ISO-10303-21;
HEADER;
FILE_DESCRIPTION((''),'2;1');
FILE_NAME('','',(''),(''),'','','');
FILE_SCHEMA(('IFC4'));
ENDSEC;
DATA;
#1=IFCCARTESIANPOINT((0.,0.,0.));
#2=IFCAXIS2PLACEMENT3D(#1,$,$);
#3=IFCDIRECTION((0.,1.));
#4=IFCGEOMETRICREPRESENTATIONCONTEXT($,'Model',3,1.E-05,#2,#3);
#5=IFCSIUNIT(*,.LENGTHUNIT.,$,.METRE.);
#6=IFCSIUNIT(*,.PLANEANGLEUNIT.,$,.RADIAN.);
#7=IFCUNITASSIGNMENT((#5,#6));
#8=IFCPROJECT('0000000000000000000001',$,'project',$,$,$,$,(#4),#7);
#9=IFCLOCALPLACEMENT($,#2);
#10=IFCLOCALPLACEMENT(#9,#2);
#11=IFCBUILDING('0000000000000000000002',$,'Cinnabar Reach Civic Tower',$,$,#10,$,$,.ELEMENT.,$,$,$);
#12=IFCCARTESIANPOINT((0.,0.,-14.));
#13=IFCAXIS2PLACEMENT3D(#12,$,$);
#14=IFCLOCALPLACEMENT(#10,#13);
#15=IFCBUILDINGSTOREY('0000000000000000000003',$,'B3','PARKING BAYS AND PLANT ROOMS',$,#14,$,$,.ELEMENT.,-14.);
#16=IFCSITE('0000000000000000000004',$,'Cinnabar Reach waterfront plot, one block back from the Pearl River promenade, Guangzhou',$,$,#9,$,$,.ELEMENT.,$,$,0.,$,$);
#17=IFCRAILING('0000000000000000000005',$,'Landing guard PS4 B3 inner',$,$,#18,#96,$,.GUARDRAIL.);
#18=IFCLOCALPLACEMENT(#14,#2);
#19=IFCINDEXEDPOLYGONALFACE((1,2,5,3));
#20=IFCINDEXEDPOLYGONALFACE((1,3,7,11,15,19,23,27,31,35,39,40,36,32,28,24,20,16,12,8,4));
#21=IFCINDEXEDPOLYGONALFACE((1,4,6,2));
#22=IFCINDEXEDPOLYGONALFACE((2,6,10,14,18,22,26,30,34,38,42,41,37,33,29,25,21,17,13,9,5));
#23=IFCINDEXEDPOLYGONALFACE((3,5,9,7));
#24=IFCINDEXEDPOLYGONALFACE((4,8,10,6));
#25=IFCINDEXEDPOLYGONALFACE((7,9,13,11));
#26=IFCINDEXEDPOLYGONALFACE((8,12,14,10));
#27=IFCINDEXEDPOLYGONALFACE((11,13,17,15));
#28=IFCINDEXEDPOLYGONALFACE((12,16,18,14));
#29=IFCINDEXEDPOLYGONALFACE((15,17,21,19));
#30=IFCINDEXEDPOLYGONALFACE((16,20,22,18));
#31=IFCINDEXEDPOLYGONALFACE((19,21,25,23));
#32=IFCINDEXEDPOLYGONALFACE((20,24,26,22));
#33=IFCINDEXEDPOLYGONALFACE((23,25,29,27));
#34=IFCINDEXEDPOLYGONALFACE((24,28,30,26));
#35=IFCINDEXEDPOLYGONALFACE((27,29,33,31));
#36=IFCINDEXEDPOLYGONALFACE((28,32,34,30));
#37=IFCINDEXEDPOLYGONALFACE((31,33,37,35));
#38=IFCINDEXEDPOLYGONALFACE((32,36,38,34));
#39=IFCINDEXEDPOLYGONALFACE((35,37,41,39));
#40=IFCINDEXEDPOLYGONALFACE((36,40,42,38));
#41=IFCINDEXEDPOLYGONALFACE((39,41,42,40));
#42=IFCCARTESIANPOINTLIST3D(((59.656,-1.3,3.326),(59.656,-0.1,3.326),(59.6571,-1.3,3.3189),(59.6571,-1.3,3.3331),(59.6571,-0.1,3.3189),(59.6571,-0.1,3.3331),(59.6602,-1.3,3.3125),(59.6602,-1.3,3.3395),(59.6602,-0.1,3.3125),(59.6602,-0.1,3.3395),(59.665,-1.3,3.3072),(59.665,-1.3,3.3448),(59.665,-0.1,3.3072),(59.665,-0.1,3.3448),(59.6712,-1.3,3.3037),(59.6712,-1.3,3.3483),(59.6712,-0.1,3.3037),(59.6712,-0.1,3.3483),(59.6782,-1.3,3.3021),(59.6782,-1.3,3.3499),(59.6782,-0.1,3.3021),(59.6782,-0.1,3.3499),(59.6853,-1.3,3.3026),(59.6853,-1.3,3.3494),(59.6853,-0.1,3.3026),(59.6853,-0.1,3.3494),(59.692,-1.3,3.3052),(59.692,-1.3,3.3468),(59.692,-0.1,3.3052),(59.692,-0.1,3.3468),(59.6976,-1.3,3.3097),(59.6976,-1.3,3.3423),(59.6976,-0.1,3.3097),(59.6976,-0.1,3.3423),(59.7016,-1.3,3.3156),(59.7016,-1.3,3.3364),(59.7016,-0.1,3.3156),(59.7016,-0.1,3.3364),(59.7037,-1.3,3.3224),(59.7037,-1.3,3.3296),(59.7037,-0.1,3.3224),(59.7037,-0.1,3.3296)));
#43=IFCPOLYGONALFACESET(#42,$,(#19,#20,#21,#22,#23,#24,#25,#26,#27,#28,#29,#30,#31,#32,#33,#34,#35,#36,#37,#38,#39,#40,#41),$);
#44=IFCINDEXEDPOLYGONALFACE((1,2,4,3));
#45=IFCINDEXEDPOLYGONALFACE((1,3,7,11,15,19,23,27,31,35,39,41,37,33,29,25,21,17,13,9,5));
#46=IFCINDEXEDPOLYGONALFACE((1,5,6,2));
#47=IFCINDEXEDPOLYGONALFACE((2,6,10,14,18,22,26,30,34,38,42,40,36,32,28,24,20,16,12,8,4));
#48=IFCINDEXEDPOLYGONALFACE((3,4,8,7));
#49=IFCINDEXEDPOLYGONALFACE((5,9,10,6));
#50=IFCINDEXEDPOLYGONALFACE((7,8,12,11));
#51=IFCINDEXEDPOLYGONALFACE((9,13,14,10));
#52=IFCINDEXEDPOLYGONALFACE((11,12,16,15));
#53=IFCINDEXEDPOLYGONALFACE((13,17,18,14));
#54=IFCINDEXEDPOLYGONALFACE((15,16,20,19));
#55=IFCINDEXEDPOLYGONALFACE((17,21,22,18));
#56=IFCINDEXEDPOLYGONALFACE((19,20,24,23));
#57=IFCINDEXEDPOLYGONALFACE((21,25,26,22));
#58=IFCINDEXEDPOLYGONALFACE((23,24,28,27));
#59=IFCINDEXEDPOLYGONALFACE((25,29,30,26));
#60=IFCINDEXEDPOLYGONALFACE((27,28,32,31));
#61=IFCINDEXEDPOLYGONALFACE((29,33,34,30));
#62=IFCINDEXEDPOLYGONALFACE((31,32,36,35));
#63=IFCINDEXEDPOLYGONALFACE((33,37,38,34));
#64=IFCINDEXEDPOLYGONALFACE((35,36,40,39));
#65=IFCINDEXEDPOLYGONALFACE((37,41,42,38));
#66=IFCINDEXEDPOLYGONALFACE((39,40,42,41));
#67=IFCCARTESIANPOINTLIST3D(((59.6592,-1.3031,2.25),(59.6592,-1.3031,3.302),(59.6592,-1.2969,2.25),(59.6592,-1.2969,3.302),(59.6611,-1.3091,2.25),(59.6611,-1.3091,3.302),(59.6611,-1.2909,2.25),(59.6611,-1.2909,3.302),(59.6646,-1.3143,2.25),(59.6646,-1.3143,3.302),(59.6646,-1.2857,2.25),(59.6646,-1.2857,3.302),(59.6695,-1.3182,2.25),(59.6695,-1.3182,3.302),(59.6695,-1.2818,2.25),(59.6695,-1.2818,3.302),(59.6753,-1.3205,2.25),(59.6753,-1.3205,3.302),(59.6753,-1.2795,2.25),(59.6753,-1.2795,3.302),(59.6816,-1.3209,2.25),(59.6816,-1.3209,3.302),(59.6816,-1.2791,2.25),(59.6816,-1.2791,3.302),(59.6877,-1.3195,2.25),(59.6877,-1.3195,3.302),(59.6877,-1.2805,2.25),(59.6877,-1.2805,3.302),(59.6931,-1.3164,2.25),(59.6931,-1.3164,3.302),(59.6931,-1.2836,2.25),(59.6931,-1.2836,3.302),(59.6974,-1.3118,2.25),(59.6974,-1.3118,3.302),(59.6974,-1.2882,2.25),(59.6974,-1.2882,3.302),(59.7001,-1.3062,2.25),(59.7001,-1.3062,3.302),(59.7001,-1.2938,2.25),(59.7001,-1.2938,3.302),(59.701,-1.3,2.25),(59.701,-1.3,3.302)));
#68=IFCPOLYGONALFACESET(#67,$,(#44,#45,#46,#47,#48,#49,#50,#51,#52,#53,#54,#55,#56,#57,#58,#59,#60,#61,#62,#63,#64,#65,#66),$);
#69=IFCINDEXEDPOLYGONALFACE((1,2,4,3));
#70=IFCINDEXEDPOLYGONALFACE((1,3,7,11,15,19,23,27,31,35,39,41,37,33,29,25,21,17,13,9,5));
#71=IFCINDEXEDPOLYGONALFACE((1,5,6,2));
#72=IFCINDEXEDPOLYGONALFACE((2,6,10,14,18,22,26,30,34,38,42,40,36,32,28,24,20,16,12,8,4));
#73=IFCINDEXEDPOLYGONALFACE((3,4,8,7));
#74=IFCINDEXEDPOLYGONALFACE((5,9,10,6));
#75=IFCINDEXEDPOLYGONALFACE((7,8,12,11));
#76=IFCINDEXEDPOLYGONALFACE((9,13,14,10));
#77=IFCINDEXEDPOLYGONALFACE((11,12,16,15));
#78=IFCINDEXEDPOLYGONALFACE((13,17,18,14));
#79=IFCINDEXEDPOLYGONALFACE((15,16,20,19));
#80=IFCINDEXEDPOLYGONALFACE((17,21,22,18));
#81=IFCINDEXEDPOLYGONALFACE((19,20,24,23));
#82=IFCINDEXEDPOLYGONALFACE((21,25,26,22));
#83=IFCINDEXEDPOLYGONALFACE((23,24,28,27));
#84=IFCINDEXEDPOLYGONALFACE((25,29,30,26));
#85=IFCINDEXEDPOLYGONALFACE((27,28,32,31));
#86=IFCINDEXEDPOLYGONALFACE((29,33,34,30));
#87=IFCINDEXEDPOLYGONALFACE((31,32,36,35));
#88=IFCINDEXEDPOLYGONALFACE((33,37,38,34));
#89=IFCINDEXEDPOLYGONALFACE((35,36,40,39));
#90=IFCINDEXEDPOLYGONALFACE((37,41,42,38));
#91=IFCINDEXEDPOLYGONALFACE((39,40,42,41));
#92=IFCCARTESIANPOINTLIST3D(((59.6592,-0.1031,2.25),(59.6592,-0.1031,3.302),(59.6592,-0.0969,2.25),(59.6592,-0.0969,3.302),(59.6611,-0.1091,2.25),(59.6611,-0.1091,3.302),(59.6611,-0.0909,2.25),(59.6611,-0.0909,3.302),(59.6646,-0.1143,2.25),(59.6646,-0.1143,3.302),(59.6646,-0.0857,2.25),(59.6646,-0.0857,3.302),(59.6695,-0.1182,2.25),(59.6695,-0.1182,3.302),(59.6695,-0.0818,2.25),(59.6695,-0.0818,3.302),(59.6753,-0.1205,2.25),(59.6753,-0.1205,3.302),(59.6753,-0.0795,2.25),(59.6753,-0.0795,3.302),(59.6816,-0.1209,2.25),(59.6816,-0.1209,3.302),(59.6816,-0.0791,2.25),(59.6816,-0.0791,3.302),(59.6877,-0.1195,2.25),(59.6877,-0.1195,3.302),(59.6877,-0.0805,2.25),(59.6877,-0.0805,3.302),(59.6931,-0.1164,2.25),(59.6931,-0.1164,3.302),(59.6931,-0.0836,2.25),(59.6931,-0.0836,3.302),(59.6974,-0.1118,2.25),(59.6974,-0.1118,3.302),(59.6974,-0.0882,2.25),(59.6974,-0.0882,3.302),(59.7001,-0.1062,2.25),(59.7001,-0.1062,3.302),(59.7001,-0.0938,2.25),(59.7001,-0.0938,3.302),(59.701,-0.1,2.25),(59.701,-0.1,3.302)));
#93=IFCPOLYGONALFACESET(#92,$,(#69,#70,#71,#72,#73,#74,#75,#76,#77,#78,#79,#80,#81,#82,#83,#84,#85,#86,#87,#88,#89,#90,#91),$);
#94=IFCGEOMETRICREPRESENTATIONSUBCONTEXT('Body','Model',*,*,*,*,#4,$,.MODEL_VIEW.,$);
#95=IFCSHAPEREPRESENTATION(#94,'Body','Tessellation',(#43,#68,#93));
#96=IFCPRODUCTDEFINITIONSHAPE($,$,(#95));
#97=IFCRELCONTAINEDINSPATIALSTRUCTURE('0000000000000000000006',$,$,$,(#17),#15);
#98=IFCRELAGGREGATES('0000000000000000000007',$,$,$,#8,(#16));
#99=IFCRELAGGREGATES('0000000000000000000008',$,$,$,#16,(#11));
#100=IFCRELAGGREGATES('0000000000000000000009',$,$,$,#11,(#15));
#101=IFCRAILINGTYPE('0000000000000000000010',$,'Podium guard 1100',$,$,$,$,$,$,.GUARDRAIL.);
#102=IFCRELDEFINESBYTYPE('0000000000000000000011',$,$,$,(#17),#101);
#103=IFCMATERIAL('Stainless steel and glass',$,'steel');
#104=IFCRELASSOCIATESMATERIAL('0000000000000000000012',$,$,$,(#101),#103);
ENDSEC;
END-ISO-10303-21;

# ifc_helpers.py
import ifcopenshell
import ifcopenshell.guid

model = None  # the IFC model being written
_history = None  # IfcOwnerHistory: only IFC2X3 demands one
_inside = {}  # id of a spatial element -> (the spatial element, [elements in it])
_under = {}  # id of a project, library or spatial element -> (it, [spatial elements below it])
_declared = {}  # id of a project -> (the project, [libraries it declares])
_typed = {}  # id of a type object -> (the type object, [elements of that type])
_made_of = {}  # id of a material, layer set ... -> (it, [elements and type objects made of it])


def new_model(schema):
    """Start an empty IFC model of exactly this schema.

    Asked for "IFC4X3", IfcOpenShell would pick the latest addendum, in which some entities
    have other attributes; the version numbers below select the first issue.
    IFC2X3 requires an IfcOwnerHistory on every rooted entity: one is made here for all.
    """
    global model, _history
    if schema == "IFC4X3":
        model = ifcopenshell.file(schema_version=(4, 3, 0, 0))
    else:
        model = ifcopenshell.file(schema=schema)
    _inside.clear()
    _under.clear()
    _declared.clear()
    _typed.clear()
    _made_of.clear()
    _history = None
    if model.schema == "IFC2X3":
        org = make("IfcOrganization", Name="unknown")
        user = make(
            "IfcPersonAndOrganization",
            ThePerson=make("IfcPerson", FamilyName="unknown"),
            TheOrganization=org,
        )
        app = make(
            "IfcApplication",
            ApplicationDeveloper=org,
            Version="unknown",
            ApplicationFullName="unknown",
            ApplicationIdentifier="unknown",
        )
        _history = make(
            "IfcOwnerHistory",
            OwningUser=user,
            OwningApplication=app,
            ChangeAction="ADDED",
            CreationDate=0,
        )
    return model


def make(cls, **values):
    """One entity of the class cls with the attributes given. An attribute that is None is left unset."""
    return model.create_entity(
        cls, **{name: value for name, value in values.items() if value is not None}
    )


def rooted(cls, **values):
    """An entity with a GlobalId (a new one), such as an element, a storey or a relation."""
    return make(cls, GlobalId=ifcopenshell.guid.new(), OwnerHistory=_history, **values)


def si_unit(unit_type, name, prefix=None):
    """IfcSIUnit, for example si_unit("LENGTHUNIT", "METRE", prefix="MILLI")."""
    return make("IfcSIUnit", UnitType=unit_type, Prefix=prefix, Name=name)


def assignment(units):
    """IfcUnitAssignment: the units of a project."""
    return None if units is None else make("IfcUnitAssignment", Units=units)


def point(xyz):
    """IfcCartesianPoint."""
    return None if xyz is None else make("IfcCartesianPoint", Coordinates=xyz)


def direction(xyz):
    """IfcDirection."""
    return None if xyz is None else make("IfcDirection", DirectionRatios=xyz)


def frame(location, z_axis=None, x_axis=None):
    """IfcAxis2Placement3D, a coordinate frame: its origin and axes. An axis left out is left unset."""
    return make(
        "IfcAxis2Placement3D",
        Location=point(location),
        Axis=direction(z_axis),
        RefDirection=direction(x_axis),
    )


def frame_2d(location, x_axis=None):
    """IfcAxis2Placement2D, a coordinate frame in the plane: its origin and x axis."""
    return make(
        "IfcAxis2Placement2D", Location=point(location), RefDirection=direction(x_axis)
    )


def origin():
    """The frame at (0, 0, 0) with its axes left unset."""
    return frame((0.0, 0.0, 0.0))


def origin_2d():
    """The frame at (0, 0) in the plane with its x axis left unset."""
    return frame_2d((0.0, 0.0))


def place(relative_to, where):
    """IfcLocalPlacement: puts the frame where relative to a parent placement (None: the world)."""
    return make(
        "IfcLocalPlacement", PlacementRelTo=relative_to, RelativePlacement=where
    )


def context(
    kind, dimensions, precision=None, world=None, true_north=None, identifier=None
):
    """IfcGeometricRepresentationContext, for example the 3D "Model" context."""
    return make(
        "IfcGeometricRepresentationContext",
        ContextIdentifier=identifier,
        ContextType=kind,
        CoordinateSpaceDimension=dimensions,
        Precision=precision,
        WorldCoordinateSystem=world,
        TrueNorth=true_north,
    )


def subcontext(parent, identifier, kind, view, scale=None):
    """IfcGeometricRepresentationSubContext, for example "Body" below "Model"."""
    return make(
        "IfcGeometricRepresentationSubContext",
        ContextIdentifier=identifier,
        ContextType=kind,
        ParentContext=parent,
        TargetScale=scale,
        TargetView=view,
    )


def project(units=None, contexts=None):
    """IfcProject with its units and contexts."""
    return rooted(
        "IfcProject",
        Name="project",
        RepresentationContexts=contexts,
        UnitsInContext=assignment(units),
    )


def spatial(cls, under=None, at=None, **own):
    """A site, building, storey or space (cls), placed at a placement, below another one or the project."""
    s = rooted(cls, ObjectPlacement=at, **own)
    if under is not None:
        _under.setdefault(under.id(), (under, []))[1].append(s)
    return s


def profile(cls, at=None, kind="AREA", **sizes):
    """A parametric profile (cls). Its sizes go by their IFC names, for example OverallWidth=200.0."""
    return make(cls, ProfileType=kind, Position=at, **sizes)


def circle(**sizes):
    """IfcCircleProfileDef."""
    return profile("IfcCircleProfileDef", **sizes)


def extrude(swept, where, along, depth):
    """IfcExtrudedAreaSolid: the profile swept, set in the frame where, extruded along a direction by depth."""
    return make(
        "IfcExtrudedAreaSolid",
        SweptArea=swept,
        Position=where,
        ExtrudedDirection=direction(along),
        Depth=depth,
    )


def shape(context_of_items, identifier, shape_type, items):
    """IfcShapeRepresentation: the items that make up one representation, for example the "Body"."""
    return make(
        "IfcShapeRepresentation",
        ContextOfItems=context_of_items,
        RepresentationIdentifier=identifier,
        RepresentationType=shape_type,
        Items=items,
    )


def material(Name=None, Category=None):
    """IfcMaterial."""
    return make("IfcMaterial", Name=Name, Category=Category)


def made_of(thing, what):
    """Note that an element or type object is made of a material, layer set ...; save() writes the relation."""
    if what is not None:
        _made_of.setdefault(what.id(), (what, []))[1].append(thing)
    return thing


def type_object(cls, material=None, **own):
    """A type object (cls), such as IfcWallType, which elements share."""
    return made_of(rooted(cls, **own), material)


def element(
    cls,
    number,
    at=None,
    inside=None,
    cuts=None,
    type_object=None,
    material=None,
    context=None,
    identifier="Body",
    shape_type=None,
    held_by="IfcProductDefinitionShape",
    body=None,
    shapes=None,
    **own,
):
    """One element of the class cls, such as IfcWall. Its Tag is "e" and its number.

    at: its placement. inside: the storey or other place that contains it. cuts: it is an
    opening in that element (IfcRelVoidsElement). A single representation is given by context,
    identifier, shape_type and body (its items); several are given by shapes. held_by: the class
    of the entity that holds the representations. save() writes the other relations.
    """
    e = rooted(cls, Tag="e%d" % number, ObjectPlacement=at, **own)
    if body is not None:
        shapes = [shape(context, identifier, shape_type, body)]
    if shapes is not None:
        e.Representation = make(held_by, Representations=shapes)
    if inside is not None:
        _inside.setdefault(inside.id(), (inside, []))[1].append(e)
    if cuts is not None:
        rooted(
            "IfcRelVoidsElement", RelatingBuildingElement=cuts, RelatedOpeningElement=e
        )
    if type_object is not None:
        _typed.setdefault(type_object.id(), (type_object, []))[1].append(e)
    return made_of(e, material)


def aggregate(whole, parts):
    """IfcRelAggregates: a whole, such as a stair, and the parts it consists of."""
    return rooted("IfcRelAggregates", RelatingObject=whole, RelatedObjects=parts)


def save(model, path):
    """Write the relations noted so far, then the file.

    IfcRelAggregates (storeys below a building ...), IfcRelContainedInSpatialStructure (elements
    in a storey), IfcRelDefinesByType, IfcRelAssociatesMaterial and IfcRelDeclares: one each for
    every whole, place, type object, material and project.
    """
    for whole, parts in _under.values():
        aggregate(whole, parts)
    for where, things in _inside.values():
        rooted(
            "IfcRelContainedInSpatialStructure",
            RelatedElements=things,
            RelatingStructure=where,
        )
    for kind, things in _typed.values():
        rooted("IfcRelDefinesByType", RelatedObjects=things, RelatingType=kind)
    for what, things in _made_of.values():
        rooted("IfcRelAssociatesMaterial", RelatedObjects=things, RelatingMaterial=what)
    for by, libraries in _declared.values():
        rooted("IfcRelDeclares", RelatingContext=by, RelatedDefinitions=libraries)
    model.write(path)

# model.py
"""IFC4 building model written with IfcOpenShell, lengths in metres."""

from ifc_helpers import new_model, si_unit, direction, frame, origin, origin_2d, place, context, subcontext, project, spatial, circle, extrude, material, type_object, element, save


model = new_model("IFC4")

# Units and contexts
model_context = context("Model", 3, precision=1e-05, world=origin(), true_north=direction((0.0, 1.0)))
body_context = subcontext(model_context, "Body", "Model", "MODEL_VIEW")
ifc_project = project(units=[si_unit("LENGTHUNIT", "METRE"), si_unit("PLANEANGLEUNIT", "RADIAN")], contexts=[model_context])

# Site, building, storey
site_placement = place(None, origin())
site = spatial("IfcSite", under=ifc_project, at=site_placement, Name="Cinnabar Reach waterfront plot, one block back from the Pearl River promenade, Guangzhou", CompositionType="ELEMENT", RefElevation=0.0)
building_placement = place(site_placement, origin())
building = spatial("IfcBuilding", under=site, at=building_placement, Name="Cinnabar Reach Civic Tower", CompositionType="ELEMENT")
storey_placement = place(building_placement, frame((0.0, 0.0, -14.0)))
storey = spatial("IfcBuildingStorey", under=building, at=storey_placement, Name="B3", Description="PARKING BAYS AND PLANT ROOMS", CompositionType="ELEMENT", Elevation=-14.0)

# Railing
ifc_material_1 = material(Name="Stainless steel and glass", Category="steel")
railing_type_1 = type_object("IfcRailingType", Name="Podium guard 1100", PredefinedType="GUARDRAIL", material=ifc_material_1)
railing_1_placement = place(storey_placement, frame((59.68, -1.3, 2.25)))
element("IfcRailing", 1, at=railing_1_placement, inside=storey, type_object=railing_type_1, Name="Landing guard PS4 B3 inner", PredefinedType="GUARDRAIL", context=body_context, shape_type="SweptSolid", body=[
    extrude(circle(Radius=0.024, at=origin_2d()), frame((0.0, 0.0, 1.076), z_axis=(0.0, 1.0, 0.0), x_axis=(-1.0, 0.0, 0.0)), (0.0, 0.0, 1.0), 1.2),
    extrude(circle(Radius=0.021, at=origin_2d()), origin(), (0.0, 0.0, 1.0), 1.052),
    extrude(circle(Radius=0.021, at=origin_2d()), frame((0.0, 1.2, 0.0)), (0.0, 0.0, 1.0), 1.052),
])

save(model, "model.ifc")
